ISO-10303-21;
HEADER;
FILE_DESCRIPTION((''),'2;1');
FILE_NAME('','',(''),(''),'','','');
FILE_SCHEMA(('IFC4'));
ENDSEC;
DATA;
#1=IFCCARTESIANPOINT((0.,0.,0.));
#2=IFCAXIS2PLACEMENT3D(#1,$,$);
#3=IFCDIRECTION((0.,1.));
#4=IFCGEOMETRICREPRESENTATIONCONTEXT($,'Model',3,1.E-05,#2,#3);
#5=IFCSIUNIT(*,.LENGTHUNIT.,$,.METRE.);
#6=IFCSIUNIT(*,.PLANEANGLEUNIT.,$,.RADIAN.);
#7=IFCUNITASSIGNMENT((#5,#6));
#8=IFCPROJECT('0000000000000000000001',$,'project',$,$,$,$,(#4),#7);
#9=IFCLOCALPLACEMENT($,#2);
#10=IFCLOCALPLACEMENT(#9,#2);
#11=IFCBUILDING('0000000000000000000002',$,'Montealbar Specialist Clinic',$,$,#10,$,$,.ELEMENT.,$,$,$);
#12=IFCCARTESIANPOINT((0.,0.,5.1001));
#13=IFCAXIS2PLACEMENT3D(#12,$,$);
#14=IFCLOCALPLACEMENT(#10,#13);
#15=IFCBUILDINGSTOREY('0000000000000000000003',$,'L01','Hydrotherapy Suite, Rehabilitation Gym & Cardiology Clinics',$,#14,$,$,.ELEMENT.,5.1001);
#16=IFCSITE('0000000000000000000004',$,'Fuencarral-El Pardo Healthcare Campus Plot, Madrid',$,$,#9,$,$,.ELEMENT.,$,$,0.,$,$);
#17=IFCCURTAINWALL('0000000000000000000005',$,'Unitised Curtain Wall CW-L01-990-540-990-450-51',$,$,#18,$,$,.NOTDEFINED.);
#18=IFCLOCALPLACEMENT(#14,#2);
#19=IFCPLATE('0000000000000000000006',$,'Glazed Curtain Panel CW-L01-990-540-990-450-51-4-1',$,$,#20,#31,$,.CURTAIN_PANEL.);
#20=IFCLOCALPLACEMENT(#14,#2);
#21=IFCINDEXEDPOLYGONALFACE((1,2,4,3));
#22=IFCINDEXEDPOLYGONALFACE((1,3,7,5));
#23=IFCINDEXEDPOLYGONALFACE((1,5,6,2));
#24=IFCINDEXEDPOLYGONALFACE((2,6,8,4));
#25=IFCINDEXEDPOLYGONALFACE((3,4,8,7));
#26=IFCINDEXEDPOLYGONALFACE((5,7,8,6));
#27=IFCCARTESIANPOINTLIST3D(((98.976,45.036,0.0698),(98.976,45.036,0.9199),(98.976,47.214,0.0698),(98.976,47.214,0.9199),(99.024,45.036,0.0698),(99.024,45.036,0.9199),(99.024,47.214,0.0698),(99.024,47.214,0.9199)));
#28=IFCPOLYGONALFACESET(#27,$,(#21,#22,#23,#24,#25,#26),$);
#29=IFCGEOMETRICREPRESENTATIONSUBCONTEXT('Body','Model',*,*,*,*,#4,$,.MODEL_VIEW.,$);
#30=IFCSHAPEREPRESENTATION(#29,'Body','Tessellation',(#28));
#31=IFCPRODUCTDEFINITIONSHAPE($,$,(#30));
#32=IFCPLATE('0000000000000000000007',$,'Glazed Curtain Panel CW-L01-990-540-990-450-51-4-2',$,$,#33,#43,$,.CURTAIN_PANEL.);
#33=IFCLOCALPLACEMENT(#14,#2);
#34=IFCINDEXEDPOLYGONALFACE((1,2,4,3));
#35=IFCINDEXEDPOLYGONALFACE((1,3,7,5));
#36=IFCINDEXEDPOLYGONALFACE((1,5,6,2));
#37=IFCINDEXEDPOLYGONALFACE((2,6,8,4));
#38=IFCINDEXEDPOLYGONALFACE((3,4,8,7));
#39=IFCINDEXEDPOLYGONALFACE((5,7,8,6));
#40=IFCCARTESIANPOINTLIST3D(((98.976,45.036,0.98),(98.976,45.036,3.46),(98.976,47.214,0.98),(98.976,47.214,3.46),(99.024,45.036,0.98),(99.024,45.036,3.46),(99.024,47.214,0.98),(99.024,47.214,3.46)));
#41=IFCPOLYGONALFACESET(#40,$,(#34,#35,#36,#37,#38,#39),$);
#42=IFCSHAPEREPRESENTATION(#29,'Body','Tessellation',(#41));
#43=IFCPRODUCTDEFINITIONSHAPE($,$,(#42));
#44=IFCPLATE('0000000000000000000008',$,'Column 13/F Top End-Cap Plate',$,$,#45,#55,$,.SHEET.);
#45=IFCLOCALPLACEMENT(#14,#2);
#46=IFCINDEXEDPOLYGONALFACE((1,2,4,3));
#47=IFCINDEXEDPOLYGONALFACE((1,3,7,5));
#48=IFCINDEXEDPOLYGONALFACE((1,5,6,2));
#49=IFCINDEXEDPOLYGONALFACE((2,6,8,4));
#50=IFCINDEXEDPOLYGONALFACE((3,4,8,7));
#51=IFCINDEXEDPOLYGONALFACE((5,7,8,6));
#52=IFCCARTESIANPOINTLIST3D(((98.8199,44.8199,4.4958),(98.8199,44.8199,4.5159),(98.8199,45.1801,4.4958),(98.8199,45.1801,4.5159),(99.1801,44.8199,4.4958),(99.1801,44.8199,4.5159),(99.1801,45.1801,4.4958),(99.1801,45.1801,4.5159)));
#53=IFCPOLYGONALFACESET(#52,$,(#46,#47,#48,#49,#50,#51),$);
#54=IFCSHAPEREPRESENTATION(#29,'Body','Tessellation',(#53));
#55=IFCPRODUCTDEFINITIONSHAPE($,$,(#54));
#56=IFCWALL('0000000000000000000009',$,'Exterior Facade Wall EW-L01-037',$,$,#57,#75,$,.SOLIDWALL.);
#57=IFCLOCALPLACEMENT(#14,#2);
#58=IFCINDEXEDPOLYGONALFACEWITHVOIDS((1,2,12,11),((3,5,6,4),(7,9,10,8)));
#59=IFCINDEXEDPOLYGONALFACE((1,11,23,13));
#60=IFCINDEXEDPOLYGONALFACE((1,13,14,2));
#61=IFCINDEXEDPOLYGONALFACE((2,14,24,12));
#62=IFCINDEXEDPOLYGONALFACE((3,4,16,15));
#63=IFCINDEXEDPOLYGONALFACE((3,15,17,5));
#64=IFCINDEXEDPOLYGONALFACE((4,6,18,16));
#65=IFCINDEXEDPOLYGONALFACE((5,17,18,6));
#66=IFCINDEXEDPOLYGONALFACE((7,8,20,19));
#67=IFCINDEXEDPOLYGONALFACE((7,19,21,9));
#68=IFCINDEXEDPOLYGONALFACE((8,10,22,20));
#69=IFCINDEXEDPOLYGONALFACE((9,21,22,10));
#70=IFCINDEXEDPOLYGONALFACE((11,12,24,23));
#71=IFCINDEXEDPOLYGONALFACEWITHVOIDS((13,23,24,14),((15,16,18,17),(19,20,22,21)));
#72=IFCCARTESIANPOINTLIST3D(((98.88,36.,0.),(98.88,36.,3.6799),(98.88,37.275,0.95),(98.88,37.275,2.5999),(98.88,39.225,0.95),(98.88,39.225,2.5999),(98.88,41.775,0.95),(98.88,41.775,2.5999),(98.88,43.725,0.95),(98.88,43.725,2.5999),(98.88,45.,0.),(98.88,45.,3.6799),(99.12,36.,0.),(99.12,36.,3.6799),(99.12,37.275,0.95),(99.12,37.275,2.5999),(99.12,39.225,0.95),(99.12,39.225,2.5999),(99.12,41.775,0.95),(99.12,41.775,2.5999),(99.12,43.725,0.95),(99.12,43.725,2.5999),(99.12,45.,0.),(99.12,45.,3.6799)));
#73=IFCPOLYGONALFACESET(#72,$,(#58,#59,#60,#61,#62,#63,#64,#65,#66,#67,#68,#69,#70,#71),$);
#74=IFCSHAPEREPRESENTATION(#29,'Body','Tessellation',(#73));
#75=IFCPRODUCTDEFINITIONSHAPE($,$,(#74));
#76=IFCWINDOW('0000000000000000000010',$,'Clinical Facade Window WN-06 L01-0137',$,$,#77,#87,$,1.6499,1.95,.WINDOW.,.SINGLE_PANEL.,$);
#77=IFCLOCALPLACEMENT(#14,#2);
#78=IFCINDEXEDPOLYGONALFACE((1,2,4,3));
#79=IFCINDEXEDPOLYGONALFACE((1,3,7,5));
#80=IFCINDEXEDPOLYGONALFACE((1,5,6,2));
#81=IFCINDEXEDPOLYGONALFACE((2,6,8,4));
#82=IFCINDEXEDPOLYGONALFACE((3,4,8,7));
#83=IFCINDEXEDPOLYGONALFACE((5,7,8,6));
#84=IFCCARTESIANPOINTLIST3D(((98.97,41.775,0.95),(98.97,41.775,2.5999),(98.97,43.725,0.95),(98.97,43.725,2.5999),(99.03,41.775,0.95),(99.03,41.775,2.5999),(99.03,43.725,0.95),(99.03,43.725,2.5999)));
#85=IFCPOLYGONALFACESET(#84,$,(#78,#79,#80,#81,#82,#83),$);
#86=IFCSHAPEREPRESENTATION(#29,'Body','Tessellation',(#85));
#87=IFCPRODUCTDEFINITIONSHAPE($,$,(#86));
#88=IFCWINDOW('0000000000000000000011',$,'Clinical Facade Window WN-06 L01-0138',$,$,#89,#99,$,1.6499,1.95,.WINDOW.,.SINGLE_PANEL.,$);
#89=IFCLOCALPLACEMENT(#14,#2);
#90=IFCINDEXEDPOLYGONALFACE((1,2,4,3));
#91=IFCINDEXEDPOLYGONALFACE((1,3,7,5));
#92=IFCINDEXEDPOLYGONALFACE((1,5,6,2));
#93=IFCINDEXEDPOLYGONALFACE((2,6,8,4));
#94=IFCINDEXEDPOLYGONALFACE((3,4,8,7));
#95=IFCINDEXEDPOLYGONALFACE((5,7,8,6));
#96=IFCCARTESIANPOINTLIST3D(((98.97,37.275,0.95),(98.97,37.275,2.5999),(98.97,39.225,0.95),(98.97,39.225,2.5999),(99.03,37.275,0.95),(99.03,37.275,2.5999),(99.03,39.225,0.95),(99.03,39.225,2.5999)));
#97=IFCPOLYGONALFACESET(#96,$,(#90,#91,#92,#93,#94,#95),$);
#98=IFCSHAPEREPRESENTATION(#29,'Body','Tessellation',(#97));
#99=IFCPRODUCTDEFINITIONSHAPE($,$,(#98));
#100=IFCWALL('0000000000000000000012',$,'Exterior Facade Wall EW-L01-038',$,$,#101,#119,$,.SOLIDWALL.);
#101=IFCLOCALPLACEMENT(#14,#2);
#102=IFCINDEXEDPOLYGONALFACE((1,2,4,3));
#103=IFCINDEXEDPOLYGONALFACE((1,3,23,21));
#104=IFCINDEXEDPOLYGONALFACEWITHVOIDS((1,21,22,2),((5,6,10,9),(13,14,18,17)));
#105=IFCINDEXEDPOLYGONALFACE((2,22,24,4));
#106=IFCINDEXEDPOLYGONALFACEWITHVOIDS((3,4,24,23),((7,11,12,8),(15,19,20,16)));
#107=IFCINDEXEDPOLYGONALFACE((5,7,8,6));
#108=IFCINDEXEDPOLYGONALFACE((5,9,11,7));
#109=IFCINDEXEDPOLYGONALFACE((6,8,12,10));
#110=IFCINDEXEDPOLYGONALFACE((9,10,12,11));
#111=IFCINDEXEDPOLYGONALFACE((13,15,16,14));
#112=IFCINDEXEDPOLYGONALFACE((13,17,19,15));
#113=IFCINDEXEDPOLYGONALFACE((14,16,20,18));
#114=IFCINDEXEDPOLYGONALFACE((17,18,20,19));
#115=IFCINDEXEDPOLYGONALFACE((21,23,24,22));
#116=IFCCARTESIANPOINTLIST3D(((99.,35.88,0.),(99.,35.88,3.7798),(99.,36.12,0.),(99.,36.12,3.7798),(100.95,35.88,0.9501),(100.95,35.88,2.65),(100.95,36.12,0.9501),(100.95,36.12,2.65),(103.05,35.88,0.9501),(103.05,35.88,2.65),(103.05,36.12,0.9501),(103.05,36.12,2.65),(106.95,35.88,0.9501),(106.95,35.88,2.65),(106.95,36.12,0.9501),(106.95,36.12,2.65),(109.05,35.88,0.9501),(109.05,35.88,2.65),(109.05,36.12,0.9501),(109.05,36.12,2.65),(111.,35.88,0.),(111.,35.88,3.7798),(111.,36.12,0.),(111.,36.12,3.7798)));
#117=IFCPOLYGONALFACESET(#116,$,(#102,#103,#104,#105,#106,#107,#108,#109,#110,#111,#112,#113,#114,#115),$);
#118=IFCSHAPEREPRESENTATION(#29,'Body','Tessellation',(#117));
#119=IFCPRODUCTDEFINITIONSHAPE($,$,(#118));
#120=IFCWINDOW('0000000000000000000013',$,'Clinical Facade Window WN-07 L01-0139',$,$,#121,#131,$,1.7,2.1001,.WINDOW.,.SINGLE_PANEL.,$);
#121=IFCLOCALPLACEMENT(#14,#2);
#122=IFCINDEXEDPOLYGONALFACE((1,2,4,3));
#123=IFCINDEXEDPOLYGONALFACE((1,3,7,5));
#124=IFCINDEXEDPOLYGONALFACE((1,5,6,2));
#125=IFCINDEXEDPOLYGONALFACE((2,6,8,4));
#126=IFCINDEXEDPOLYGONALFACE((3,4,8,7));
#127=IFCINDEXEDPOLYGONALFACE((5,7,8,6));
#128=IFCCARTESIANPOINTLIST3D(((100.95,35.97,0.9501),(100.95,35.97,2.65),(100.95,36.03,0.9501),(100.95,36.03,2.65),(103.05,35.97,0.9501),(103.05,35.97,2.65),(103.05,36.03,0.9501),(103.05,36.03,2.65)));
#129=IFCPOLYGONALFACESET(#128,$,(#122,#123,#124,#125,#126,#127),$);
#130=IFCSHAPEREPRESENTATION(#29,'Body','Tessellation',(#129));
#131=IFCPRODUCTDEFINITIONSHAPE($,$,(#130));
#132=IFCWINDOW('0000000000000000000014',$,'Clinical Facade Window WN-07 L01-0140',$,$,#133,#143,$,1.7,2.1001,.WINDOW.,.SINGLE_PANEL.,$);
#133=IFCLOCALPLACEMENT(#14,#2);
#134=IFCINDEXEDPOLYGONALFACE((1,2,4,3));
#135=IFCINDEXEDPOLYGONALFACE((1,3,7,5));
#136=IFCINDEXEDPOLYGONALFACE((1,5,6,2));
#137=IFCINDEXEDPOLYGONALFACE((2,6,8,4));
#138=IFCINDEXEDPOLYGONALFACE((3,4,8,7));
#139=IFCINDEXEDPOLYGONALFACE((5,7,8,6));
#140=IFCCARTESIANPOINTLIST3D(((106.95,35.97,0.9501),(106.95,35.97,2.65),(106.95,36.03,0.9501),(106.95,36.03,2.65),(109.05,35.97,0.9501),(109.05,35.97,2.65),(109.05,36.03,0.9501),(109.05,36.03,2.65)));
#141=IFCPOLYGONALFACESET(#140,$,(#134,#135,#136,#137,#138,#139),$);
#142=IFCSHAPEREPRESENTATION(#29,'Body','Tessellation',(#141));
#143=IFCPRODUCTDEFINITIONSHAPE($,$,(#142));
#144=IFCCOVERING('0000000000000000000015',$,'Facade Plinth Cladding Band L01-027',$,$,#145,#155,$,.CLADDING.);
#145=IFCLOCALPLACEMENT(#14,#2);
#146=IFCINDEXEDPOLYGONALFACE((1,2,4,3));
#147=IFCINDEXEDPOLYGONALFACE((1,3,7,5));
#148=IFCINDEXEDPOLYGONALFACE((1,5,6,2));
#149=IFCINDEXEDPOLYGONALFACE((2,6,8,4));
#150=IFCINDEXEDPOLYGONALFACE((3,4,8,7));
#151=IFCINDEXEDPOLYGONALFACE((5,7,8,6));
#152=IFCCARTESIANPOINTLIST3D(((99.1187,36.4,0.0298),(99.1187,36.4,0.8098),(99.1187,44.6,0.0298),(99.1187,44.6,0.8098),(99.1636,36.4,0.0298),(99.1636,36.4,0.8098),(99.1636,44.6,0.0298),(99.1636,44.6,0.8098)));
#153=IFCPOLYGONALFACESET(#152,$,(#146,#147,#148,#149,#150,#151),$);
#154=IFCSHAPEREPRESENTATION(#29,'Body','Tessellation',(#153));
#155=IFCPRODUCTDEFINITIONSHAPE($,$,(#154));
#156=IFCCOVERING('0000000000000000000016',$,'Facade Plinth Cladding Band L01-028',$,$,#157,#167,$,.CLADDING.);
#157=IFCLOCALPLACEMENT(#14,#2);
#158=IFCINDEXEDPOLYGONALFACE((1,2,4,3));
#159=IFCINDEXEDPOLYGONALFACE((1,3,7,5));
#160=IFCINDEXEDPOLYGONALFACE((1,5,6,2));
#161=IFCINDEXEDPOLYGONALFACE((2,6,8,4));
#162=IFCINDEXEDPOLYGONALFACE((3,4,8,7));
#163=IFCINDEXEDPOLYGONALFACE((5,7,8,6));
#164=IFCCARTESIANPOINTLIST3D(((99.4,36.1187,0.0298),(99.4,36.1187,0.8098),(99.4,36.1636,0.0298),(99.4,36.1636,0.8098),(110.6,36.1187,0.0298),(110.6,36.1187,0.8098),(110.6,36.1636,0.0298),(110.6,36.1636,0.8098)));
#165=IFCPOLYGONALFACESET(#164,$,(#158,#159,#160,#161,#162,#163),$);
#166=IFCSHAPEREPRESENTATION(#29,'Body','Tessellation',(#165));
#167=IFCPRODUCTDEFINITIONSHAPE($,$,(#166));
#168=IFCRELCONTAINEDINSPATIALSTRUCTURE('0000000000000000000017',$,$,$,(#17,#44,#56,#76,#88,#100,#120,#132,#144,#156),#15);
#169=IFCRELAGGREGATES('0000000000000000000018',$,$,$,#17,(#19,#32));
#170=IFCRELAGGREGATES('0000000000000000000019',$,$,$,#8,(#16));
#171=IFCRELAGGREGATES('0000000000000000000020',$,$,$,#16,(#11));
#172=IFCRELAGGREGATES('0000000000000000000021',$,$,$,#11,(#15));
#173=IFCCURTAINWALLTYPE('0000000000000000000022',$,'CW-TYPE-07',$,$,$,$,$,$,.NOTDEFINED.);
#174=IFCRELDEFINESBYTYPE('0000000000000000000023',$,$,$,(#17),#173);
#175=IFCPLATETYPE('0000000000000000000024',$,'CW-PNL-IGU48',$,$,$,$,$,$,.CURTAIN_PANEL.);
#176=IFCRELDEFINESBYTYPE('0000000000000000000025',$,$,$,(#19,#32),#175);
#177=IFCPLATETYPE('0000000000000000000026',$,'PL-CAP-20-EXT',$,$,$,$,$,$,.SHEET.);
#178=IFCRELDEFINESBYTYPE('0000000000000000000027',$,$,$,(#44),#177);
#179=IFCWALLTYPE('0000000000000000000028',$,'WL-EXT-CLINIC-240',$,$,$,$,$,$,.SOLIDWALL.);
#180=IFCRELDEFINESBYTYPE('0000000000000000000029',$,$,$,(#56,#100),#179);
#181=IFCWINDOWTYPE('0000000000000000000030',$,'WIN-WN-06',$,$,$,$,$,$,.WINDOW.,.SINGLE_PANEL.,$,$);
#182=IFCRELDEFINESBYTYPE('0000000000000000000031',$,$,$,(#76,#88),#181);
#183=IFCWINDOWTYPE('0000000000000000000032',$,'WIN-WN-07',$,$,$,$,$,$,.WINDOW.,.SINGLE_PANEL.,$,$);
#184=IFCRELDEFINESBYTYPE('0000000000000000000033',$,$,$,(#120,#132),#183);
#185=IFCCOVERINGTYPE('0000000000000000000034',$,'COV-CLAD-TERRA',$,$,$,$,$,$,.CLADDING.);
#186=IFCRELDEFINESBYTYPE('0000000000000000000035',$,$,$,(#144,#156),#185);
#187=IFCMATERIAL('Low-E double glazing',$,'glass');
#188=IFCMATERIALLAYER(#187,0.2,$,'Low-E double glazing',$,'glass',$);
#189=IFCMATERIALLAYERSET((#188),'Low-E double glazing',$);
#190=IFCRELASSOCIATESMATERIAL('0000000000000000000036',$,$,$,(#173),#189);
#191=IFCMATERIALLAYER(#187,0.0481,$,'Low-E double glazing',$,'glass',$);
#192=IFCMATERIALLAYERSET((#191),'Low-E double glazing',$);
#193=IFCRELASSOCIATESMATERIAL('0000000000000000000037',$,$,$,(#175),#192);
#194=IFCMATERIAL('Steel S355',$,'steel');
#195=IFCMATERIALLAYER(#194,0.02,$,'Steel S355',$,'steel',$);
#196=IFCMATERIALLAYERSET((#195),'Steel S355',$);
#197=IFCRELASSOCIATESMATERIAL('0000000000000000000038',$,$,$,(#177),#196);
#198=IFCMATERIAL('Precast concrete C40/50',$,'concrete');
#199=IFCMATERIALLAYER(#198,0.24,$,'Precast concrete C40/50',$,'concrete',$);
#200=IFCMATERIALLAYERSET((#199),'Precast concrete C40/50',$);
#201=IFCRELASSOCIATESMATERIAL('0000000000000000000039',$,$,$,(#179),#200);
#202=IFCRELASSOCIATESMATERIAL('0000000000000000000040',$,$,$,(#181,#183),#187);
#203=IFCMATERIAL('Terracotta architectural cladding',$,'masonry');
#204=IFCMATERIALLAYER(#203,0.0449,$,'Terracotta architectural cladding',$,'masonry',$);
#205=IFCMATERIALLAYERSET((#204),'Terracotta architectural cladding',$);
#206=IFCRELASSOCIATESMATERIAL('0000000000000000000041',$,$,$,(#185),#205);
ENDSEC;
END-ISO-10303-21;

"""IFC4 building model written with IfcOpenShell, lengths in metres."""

from ifc_helpers import new_model, si_unit, direction, frame, frame_2d, origin, origin_2d, place, context, subcontext, project, spatial, rectangle, extrude, material, layer, layer_set, type_object, element, fill, aggregate, save


model = new_model("IFC4")

# Units and contexts
model_context = context("Model", 3, precision=1e-05, world=origin(), true_north=direction((0.0, 1.0)))
body_context = subcontext(model_context, "Body", "Model", "MODEL_VIEW")
ifc_project = project(units=[si_unit("LENGTHUNIT", "METRE"), si_unit("PLANEANGLEUNIT", "RADIAN")], contexts=[model_context])

# Site, building, storey
site_placement = place(None, origin())
site = spatial("IfcSite", under=ifc_project, at=site_placement, Name="Fuencarral-El Pardo Healthcare Campus Plot, Madrid", CompositionType="ELEMENT", RefElevation=0.0)
building_placement = place(site_placement, origin())
building = spatial("IfcBuilding", under=site, at=building_placement, Name="Montealbar Specialist Clinic", CompositionType="ELEMENT")
storey_placement = place(building_placement, frame((0.0, 0.0, 5.1001)))
storey = spatial("IfcBuildingStorey", under=building, at=storey_placement, Name="L01", Description="Hydrotherapy Suite, Rehabilitation Gym & Cardiology Clinics", CompositionType="ELEMENT", Elevation=5.1001)

# Shared definitions
ifc_material_1 = material(Name="Steel S355", Category="steel")

# Curtain wall, plates
ifc_material_2 = material(Name="Low-E double glazing", Category="glass")
ifc_layer_1 = layer(ifc_material_2, 0.2, Name="Low-E double glazing", Category="glass")
ifc_layer_set_1 = layer_set([ifc_layer_1], Name="Low-E double glazing")
curtain_wall_type = type_object("IfcCurtainWallType", Name="CW-TYPE-07", PredefinedType="NOTDEFINED", material=ifc_layer_set_1)
curtain_wall_placement = place(storey_placement, origin())
curtain_wall = element("IfcCurtainWall", 1, at=curtain_wall_placement, inside=storey, type_object=curtain_wall_type, Name="Unitised Curtain Wall CW-L01-990-540-990-450-51", PredefinedType="NOTDEFINED")
ifc_layer_2 = layer(ifc_material_2, 0.0481, Name="Low-E double glazing", Category="glass")
ifc_layer_set_2 = layer_set([ifc_layer_2], Name="Low-E double glazing")
plate_type_1 = type_object("IfcPlateType", Name="CW-PNL-IGU48", PredefinedType="CURTAIN_PANEL", material=ifc_layer_set_2)
plate_1_placement = place(storey_placement, frame((99.0, 46.125, 0.0698), z_axis=(0.0, 0.0, 1.0), x_axis=(0.0, -1.0, 0.0)))
plate_1 = element("IfcPlate", 2, at=plate_1_placement, type_object=plate_type_1, Name="Glazed Curtain Panel CW-L01-990-540-990-450-51-4-1", PredefinedType="CURTAIN_PANEL", context=body_context, shape_type="SweptSolid", body=[
    extrude(rectangle(XDim=2.178, YDim=0.0481, at=origin_2d()), origin(), (0.0, 0.0, 1.0), 0.8501),
])
plate_2_placement = place(storey_placement, frame((99.0, 46.125, 0.98), z_axis=(0.0, 0.0, 1.0), x_axis=(0.0, -1.0, 0.0)))
plate_2 = element("IfcPlate", 3, at=plate_2_placement, type_object=plate_type_1, Name="Glazed Curtain Panel CW-L01-990-540-990-450-51-4-2", PredefinedType="CURTAIN_PANEL", context=body_context, shape_type="SweptSolid", body=[
    extrude(rectangle(XDim=2.178, YDim=0.0481, at=origin_2d()), origin(), (0.0, 0.0, 1.0), 2.48),
])
aggregate(curtain_wall, [plate_1, plate_2])

# Plate
ifc_layer_3 = layer(ifc_material_1, 0.02, Name="Steel S355", Category="steel")
ifc_layer_set_3 = layer_set([ifc_layer_3], Name="Steel S355")
plate_type_2 = type_object("IfcPlateType", Name="PL-CAP-20-EXT", PredefinedType="SHEET", material=ifc_layer_set_3)
plate_3_placement = place(storey_placement, frame((99.0, 45.0, 4.4958), z_axis=(0.0, 0.0, 1.0), x_axis=(1.0, 0.0, 0.0)))
element("IfcPlate", 4, at=plate_3_placement, inside=storey, type_object=plate_type_2, Name="Column 13/F Top End-Cap Plate", PredefinedType="SHEET", context=body_context, shape_type="SweptSolid", body=[
    extrude(rectangle(XDim=0.3601, YDim=0.3601, at=origin_2d()), origin(), (0.0, 0.0, 1.0), 0.02),
])

# Walls, openings, windows
ifc_material_3 = material(Name="Precast concrete C40/50", Category="concrete")
ifc_layer_4 = layer(ifc_material_3, 0.24, Name="Precast concrete C40/50", Category="concrete")
ifc_layer_set_4 = layer_set([ifc_layer_4], Name="Precast concrete C40/50")
wall_type = type_object("IfcWallType", Name="WL-EXT-CLINIC-240", PredefinedType="SOLIDWALL", material=ifc_layer_set_4)
wall_1_placement = place(storey_placement, frame((99.0, 45.0, 0.0), z_axis=(0.0, 0.0, 1.0), x_axis=(0.0, -1.0, 0.0)))
wall_1 = element("IfcWall", 5, at=wall_1_placement, inside=storey, type_object=wall_type, Name="Exterior Facade Wall EW-L01-037", PredefinedType="SOLIDWALL", context=body_context, shape_type="SweptSolid", body=[
    extrude(rectangle(XDim=9.0, YDim=0.24, at=frame_2d((4.5, 0.0))), origin(), (0.0, 0.0, 1.0), 3.6799),
])
opening_1_placement = place(wall_1_placement, frame((1.2749, 0.0, 0.95)))
opening_1 = element("IfcOpeningElement", 6, at=opening_1_placement, cuts=wall_1, PredefinedType="OPENING", context=body_context, shape_type="SweptSolid", body=[
    extrude(rectangle(XDim=1.95, YDim=1.6499, at=frame_2d((0.9751, 0.825))), frame((0.0, 0.1299, 0.0), z_axis=(0.0, -1.0, 0.0), x_axis=(1.0, 0.0, 0.0)), (0.0, 0.0, 1.0), 0.26),
])
opening_2_placement = place(wall_1_placement, frame((5.7749, 0.0, 0.95)))
opening_2 = element("IfcOpeningElement", 7, at=opening_2_placement, cuts=wall_1, PredefinedType="OPENING", context=body_context, shape_type="SweptSolid", body=[
    extrude(rectangle(XDim=1.95, YDim=1.6499, at=frame_2d((0.9751, 0.825))), frame((0.0, 0.1299, 0.0), z_axis=(0.0, -1.0, 0.0), x_axis=(1.0, 0.0, 0.0)), (0.0, 0.0, 1.0), 0.26),
])
window_type_1 = type_object("IfcWindowType", Name="WIN-WN-06", PartitioningType="SINGLE_PANEL", PredefinedType="WINDOW", material=ifc_material_2)
window_1_placement = place(opening_1_placement, origin())
window_1 = element("IfcWindow", 8, at=window_1_placement, inside=storey, type_object=window_type_1, Name="Clinical Facade Window WN-06 L01-0137", OverallHeight=1.6499, OverallWidth=1.95, PartitioningType="SINGLE_PANEL", PredefinedType="WINDOW", context=body_context, shape_type="SweptSolid", body=[
    extrude(rectangle(XDim=1.95, YDim=1.6499, at=frame_2d((0.9751, 0.825))), frame((0.0, 0.03, 0.0), z_axis=(0.0, -1.0, 0.0), x_axis=(1.0, 0.0, 0.0)), (0.0, 0.0, 1.0), 0.0601),
])
fill(opening_1, window_1)
window_2_placement = place(opening_2_placement, origin())
window_2 = element("IfcWindow", 9, at=window_2_placement, inside=storey, type_object=window_type_1, Name="Clinical Facade Window WN-06 L01-0138", OverallHeight=1.6499, OverallWidth=1.95, PartitioningType="SINGLE_PANEL", PredefinedType="WINDOW", context=body_context, shape_type="SweptSolid", body=[
    extrude(rectangle(XDim=1.95, YDim=1.6499, at=frame_2d((0.9751, 0.825))), frame((0.0, 0.03, 0.0), z_axis=(0.0, -1.0, 0.0), x_axis=(1.0, 0.0, 0.0)), (0.0, 0.0, 1.0), 0.0601),
])
fill(opening_2, window_2)
wall_2_placement = place(storey_placement, frame((99.0, 36.0, 0.0), z_axis=(0.0, 0.0, 1.0), x_axis=(1.0, 0.0, 0.0)))
wall_2 = element("IfcWall", 10, at=wall_2_placement, inside=storey, type_object=wall_type, Name="Exterior Facade Wall EW-L01-038", PredefinedType="SOLIDWALL", context=body_context, shape_type="SweptSolid", body=[
    extrude(rectangle(XDim=12.0, YDim=0.24, at=frame_2d((6.0, 0.0))), origin(), (0.0, 0.0, 1.0), 3.7798),
])
opening_3_placement = place(wall_2_placement, frame((1.95, 0.0, 0.95)))
opening_3 = element("IfcOpeningElement", 11, at=opening_3_placement, cuts=wall_2, PredefinedType="OPENING", context=body_context, shape_type="SweptSolid", body=[
    extrude(rectangle(XDim=2.1001, YDim=1.7, at=frame_2d((1.05, 0.8501))), frame((0.0, 0.1299, 0.0), z_axis=(0.0, -1.0, 0.0), x_axis=(1.0, 0.0, 0.0)), (0.0, 0.0, 1.0), 0.26),
])
opening_4_placement = place(wall_2_placement, frame((7.95, 0.0, 0.95)))
opening_4 = element("IfcOpeningElement", 12, at=opening_4_placement, cuts=wall_2, PredefinedType="OPENING", context=body_context, shape_type="SweptSolid", body=[
    extrude(rectangle(XDim=2.1001, YDim=1.7, at=frame_2d((1.05, 0.8501))), frame((0.0, 0.1299, 0.0), z_axis=(0.0, -1.0, 0.0), x_axis=(1.0, 0.0, 0.0)), (0.0, 0.0, 1.0), 0.26),
])
window_type_2 = type_object("IfcWindowType", Name="WIN-WN-07", PartitioningType="SINGLE_PANEL", PredefinedType="WINDOW", material=ifc_material_2)
window_3_placement = place(opening_3_placement, origin())
window_3 = element("IfcWindow", 13, at=window_3_placement, inside=storey, type_object=window_type_2, Name="Clinical Facade Window WN-07 L01-0139", OverallHeight=1.7, OverallWidth=2.1001, PartitioningType="SINGLE_PANEL", PredefinedType="WINDOW", context=body_context, shape_type="SweptSolid", body=[
    extrude(rectangle(XDim=2.1001, YDim=1.7, at=frame_2d((1.05, 0.8501))), frame((0.0, 0.03, 0.0), z_axis=(0.0, -1.0, 0.0), x_axis=(1.0, 0.0, 0.0)), (0.0, 0.0, 1.0), 0.0601),
])
fill(opening_3, window_3)
window_4_placement = place(opening_4_placement, origin())
window_4 = element("IfcWindow", 14, at=window_4_placement, inside=storey, type_object=window_type_2, Name="Clinical Facade Window WN-07 L01-0140", OverallHeight=1.7, OverallWidth=2.1001, PartitioningType="SINGLE_PANEL", PredefinedType="WINDOW", context=body_context, shape_type="SweptSolid", body=[
    extrude(rectangle(XDim=2.1001, YDim=1.7, at=frame_2d((1.05, 0.8501))), frame((0.0, 0.03, 0.0), z_axis=(0.0, -1.0, 0.0), x_axis=(1.0, 0.0, 0.0)), (0.0, 0.0, 1.0), 0.0601),
])
fill(opening_4, window_4)

# Coverings
ifc_material_4 = material(Name="Terracotta architectural cladding", Category="masonry")
ifc_layer_5 = layer(ifc_material_4, 0.0449, Name="Terracotta architectural cladding", Category="masonry")
ifc_layer_set_5 = layer_set([ifc_layer_5], Name="Terracotta architectural cladding")
covering_type = type_object("IfcCoveringType", Name="COV-CLAD-TERRA", PredefinedType="CLADDING", material=ifc_layer_set_5)
covering_1_placement = place(storey_placement, frame((99.1411, 40.5, 0.0298), z_axis=(0.0, 0.0, 1.0), x_axis=(0.0, -1.0, 0.0)))
element("IfcCovering", 15, at=covering_1_placement, inside=storey, type_object=covering_type, Name="Facade Plinth Cladding Band L01-027", PredefinedType="CLADDING", context=body_context, shape_type="SweptSolid", body=[
    extrude(rectangle(XDim=8.2, YDim=0.0449, at=origin_2d()), origin(), (0.0, 0.0, 1.0), 0.78),
])
covering_2_placement = place(storey_placement, frame((105.0, 36.1411, 0.0298), z_axis=(0.0, 0.0, 1.0), x_axis=(1.0, 0.0, 0.0)))
element("IfcCovering", 16, at=covering_2_placement, inside=storey, type_object=covering_type, Name="Facade Plinth Cladding Band L01-028", PredefinedType="CLADDING", context=body_context, shape_type="SweptSolid", body=[
    extrude(rectangle(XDim=11.2, YDim=0.0449, at=origin_2d()), origin(), (0.0, 0.0, 1.0), 0.78),
])

save(model, "model.ifc")
